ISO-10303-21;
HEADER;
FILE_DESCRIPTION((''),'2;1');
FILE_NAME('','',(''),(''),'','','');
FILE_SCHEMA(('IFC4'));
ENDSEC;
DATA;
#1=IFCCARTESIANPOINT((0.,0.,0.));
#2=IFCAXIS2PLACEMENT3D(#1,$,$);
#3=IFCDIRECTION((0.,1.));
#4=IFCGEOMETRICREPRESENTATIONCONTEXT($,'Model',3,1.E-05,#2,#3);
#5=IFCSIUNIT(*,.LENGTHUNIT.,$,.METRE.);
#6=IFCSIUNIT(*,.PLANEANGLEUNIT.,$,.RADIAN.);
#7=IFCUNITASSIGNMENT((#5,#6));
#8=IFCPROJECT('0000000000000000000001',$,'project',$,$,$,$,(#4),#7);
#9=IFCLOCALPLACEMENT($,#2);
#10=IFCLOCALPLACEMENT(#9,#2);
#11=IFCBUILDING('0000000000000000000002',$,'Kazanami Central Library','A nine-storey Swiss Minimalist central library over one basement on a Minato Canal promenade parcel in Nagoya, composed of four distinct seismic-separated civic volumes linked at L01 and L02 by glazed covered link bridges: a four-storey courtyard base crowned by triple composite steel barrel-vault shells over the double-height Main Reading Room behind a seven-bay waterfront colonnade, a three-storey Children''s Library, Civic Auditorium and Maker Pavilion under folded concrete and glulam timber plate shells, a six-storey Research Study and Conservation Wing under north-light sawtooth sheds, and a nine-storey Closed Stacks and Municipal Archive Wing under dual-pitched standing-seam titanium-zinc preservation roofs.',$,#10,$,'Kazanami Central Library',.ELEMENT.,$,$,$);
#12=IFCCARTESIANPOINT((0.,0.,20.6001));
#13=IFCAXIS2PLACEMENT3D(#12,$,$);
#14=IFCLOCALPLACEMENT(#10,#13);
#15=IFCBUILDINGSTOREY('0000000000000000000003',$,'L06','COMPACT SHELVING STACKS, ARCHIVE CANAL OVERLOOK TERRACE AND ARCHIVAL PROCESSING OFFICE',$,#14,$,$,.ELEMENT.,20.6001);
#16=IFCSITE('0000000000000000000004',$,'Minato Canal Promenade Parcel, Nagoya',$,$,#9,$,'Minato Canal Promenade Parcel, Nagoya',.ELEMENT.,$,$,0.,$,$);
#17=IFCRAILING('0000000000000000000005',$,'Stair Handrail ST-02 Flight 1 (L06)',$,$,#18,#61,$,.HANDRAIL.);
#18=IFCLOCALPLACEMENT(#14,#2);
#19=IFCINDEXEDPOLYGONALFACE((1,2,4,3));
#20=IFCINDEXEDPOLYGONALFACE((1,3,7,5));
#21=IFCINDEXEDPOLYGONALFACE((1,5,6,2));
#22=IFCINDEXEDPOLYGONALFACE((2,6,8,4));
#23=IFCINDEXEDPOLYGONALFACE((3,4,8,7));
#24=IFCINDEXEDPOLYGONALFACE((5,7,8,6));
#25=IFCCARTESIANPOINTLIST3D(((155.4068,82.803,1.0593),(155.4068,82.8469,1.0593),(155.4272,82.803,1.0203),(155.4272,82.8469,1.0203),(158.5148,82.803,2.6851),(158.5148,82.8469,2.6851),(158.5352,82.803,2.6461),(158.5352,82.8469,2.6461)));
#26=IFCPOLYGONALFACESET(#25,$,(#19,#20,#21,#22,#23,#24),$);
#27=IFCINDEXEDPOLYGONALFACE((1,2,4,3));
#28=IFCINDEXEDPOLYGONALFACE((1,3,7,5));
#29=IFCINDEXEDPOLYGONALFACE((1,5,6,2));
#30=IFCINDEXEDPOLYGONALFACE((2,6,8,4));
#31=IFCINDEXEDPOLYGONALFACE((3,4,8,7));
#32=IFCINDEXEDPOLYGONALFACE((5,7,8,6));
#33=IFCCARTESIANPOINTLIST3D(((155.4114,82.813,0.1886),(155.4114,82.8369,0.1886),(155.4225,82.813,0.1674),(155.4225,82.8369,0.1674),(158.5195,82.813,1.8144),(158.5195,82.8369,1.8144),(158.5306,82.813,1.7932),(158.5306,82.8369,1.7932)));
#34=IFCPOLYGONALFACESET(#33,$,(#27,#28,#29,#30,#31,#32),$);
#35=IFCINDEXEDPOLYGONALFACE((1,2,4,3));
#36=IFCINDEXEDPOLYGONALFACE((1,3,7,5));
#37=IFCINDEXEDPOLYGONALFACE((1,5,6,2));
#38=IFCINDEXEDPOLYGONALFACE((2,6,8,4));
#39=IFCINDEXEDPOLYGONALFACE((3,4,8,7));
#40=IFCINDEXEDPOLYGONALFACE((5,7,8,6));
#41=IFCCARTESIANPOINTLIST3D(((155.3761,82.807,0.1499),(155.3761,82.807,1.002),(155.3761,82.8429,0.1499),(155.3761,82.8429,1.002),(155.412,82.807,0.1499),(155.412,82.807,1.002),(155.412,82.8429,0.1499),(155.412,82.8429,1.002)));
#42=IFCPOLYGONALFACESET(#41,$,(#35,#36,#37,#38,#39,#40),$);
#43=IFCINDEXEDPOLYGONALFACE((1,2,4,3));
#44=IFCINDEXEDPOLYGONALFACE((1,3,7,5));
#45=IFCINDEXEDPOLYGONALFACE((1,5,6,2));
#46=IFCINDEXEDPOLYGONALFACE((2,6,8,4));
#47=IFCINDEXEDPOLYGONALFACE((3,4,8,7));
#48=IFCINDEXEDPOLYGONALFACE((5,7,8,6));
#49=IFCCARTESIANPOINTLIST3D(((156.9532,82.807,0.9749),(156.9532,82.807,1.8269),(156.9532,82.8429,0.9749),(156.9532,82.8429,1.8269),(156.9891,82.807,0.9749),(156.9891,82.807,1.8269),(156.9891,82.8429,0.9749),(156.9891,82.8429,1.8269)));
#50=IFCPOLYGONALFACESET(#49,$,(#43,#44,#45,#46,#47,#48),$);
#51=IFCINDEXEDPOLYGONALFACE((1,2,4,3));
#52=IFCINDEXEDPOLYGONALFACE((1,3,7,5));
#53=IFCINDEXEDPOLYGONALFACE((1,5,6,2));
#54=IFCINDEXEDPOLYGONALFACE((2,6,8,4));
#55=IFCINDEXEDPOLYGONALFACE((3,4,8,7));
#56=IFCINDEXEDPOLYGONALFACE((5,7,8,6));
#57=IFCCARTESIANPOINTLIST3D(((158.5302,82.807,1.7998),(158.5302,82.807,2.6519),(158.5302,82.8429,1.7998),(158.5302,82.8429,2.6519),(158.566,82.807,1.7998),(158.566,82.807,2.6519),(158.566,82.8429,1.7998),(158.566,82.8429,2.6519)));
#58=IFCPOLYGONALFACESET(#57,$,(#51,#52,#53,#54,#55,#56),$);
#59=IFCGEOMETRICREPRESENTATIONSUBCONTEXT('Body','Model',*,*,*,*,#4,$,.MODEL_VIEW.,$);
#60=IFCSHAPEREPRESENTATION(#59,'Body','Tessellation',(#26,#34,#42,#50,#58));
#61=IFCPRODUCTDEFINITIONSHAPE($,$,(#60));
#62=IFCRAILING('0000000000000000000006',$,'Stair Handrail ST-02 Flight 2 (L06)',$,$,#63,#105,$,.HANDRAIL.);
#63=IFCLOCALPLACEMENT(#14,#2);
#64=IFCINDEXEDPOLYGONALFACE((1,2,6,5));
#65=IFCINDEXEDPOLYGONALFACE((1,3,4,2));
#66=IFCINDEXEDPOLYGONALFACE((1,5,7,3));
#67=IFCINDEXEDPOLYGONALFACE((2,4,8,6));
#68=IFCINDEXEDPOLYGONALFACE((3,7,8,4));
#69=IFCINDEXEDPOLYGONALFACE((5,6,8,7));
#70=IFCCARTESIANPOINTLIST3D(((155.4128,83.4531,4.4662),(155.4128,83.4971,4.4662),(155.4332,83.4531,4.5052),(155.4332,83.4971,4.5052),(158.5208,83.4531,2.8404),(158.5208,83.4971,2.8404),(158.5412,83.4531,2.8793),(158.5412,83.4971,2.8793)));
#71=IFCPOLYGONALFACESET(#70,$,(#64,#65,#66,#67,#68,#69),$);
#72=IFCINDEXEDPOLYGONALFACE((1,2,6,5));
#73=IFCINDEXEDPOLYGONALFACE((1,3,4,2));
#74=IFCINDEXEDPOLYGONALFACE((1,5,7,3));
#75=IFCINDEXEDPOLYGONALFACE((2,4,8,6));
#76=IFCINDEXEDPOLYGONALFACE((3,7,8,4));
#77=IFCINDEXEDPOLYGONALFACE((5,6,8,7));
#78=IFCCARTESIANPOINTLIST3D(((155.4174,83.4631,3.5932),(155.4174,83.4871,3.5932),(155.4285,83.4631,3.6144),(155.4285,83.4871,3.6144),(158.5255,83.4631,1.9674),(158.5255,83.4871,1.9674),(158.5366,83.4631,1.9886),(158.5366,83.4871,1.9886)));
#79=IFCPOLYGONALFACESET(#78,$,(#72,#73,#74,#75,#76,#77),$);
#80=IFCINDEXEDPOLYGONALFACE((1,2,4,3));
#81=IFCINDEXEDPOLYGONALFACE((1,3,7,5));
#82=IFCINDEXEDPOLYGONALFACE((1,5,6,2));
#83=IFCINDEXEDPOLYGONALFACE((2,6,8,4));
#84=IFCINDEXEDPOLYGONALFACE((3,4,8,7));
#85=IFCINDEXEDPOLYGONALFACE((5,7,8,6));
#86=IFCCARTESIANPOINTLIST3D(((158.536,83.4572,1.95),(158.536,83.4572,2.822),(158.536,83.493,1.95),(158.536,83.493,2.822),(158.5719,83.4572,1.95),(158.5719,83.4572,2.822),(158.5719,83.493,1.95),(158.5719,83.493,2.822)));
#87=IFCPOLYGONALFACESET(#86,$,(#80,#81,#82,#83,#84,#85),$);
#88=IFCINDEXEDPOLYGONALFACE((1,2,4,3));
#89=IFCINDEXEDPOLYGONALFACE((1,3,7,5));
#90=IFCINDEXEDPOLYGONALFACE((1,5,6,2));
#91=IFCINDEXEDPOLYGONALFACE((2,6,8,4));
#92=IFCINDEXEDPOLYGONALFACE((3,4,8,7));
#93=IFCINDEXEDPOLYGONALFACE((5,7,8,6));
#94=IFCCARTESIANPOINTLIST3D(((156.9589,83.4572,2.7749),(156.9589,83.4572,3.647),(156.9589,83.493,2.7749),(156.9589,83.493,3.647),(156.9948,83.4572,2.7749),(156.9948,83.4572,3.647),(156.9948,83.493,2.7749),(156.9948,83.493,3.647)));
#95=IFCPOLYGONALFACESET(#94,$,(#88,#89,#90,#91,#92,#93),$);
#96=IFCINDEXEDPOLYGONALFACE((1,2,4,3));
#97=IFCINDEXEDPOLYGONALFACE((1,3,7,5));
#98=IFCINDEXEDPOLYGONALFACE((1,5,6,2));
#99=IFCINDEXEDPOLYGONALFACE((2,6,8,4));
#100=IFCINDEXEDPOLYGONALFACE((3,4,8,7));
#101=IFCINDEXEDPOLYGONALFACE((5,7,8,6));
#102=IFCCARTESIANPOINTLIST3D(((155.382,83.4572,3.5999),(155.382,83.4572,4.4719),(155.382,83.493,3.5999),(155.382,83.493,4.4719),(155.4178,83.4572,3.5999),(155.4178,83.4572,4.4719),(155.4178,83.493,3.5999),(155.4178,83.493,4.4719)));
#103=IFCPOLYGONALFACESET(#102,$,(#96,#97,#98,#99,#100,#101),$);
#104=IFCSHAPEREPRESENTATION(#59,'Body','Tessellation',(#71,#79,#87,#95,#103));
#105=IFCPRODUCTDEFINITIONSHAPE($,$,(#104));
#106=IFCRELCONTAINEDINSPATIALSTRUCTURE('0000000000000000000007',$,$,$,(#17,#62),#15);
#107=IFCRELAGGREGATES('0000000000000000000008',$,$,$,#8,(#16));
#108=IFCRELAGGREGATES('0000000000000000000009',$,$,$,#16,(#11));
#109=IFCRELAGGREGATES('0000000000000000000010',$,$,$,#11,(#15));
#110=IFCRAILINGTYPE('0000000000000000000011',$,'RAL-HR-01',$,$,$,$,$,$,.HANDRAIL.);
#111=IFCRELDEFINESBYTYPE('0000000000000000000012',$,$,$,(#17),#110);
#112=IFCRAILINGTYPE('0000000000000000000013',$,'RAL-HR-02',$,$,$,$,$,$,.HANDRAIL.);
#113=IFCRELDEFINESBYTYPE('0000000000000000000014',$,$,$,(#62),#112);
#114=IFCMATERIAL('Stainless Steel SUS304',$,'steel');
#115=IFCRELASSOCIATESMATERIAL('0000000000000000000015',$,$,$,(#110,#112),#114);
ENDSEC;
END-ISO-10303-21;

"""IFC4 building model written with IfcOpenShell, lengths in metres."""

from ifc_helpers import new_model, si_unit, direction, frame, origin, origin_2d, place, context, subcontext, project, spatial, rectangle, extrude, material, type_object, element, save


model = new_model("IFC4")

# Units and contexts
model_context = context("Model", 3, precision=1e-05, world=origin(), true_north=direction((0.0, 1.0)))
body_context = subcontext(model_context, "Body", "Model", "MODEL_VIEW")
ifc_project = project(units=[si_unit("LENGTHUNIT", "METRE"), si_unit("PLANEANGLEUNIT", "RADIAN")], contexts=[model_context])

# Site, building, storey
site_placement = place(None, origin())
site = spatial("IfcSite", under=ifc_project, at=site_placement, Name="Minato Canal Promenade Parcel, Nagoya", LongName="Minato Canal Promenade Parcel, Nagoya", CompositionType="ELEMENT", RefElevation=0.0)
building_placement = place(site_placement, origin())
building = spatial("IfcBuilding", under=site, at=building_placement, Name="Kazanami Central Library", Description="A nine-storey Swiss Minimalist central library over one basement on a Minato Canal promenade parcel in Nagoya, composed of four distinct seismic-separated civic volumes linked at L01 and L02 by glazed covered link bridges: a four-storey courtyard base crowned by triple composite steel barrel-vault shells over the double-height Main Reading Room behind a seven-bay waterfront colonnade, a three-storey Children's Library, Civic Auditorium and Maker Pavilion under folded concrete and glulam timber plate shells, a six-storey Research Study and Conservation Wing under north-light sawtooth sheds, and a nine-storey Closed Stacks and Municipal Archive Wing under dual-pitched standing-seam titanium-zinc preservation roofs.", LongName="Kazanami Central Library", CompositionType="ELEMENT")
storey_placement = place(building_placement, frame((0.0, 0.0, 20.6001)))
storey = spatial("IfcBuildingStorey", under=building, at=storey_placement, Name="L06", Description="COMPACT SHELVING STACKS, ARCHIVE CANAL OVERLOOK TERRACE AND ARCHIVAL PROCESSING OFFICE", CompositionType="ELEMENT", Elevation=20.6001)

# Railings
ifc_material_1 = material(Name="Stainless Steel SUS304", Category="steel")
railing_type_1 = type_object("IfcRailingType", Name="RAL-HR-01", PredefinedType="HANDRAIL", material=ifc_material_1)
railing_1_placement = place(storey_placement, frame((155.394, 82.825, 0.1499)))
element("IfcRailing", 1, at=railing_1_placement, inside=storey, type_object=railing_type_1, Name="Stair Handrail ST-02 Flight 1 (L06)", PredefinedType="HANDRAIL", context=body_context, shape_type="SweptSolid", body=[
    extrude(rectangle(XDim=0.0439, YDim=0.0439, at=origin_2d()), frame((0.0229, 0.0, 0.8899), z_axis=(0.886088, 0.0, 0.463517), x_axis=(0.0, 1.0, 0.0)), (0.0, 0.0, 1.0), 3.5076),
    extrude(rectangle(XDim=0.0239, YDim=0.0239, at=origin_2d()), frame((0.0229, 0.0, 0.0281), z_axis=(0.886088, 0.0, 0.463517), x_axis=(0.0, 1.0, 0.0)), (0.0, 0.0, 1.0), 3.5076),
    extrude(rectangle(XDim=0.0359, YDim=0.0359, at=origin_2d()), origin(), (0.0, 0.0, 1.0), 0.8521),
    extrude(rectangle(XDim=0.0359, YDim=0.0359, at=origin_2d()), frame((1.5771, 0.0, 0.825)), (0.0, 0.0, 1.0), 0.8521),
    extrude(rectangle(XDim=0.0359, YDim=0.0359, at=origin_2d()), frame((3.1541, 0.0, 1.6499)), (0.0, 0.0, 1.0), 0.8521),
])
railing_type_2 = type_object("IfcRailingType", Name="RAL-HR-02", PredefinedType="HANDRAIL", material=ifc_material_1)
railing_2_placement = place(storey_placement, frame((158.554, 83.4751, 1.95)))
element("IfcRailing", 2, at=railing_2_placement, inside=storey, type_object=railing_type_2, Name="Stair Handrail ST-02 Flight 2 (L06)", PredefinedType="HANDRAIL", context=body_context, shape_type="SweptSolid", body=[
    extrude(rectangle(XDim=0.0439, YDim=0.0439, at=origin_2d()), frame((-0.0229, 0.0, 0.9099), z_axis=(-0.886088, 0.0, 0.463517), x_axis=(0.0, -1.0, 0.0)), (0.0, 0.0, 1.0), 3.5076),
    extrude(rectangle(XDim=0.0239, YDim=0.0239, at=origin_2d()), frame((-0.0229, 0.0, 0.0281), z_axis=(-0.886088, 0.0, 0.463517), x_axis=(0.0, -1.0, 0.0)), (0.0, 0.0, 1.0), 3.5076),
    extrude(rectangle(XDim=0.0359, YDim=0.0359, at=origin_2d()), origin(), (0.0, 0.0, 1.0), 0.8721),
    extrude(rectangle(XDim=0.0359, YDim=0.0359, at=origin_2d()), frame((-1.5771, 0.0, 0.825)), (0.0, 0.0, 1.0), 0.8721),
    extrude(rectangle(XDim=0.0359, YDim=0.0359, at=origin_2d()), frame((-3.1541, 0.0, 1.6499)), (0.0, 0.0, 1.0), 0.8721),
])

save(model, "model.ifc")
